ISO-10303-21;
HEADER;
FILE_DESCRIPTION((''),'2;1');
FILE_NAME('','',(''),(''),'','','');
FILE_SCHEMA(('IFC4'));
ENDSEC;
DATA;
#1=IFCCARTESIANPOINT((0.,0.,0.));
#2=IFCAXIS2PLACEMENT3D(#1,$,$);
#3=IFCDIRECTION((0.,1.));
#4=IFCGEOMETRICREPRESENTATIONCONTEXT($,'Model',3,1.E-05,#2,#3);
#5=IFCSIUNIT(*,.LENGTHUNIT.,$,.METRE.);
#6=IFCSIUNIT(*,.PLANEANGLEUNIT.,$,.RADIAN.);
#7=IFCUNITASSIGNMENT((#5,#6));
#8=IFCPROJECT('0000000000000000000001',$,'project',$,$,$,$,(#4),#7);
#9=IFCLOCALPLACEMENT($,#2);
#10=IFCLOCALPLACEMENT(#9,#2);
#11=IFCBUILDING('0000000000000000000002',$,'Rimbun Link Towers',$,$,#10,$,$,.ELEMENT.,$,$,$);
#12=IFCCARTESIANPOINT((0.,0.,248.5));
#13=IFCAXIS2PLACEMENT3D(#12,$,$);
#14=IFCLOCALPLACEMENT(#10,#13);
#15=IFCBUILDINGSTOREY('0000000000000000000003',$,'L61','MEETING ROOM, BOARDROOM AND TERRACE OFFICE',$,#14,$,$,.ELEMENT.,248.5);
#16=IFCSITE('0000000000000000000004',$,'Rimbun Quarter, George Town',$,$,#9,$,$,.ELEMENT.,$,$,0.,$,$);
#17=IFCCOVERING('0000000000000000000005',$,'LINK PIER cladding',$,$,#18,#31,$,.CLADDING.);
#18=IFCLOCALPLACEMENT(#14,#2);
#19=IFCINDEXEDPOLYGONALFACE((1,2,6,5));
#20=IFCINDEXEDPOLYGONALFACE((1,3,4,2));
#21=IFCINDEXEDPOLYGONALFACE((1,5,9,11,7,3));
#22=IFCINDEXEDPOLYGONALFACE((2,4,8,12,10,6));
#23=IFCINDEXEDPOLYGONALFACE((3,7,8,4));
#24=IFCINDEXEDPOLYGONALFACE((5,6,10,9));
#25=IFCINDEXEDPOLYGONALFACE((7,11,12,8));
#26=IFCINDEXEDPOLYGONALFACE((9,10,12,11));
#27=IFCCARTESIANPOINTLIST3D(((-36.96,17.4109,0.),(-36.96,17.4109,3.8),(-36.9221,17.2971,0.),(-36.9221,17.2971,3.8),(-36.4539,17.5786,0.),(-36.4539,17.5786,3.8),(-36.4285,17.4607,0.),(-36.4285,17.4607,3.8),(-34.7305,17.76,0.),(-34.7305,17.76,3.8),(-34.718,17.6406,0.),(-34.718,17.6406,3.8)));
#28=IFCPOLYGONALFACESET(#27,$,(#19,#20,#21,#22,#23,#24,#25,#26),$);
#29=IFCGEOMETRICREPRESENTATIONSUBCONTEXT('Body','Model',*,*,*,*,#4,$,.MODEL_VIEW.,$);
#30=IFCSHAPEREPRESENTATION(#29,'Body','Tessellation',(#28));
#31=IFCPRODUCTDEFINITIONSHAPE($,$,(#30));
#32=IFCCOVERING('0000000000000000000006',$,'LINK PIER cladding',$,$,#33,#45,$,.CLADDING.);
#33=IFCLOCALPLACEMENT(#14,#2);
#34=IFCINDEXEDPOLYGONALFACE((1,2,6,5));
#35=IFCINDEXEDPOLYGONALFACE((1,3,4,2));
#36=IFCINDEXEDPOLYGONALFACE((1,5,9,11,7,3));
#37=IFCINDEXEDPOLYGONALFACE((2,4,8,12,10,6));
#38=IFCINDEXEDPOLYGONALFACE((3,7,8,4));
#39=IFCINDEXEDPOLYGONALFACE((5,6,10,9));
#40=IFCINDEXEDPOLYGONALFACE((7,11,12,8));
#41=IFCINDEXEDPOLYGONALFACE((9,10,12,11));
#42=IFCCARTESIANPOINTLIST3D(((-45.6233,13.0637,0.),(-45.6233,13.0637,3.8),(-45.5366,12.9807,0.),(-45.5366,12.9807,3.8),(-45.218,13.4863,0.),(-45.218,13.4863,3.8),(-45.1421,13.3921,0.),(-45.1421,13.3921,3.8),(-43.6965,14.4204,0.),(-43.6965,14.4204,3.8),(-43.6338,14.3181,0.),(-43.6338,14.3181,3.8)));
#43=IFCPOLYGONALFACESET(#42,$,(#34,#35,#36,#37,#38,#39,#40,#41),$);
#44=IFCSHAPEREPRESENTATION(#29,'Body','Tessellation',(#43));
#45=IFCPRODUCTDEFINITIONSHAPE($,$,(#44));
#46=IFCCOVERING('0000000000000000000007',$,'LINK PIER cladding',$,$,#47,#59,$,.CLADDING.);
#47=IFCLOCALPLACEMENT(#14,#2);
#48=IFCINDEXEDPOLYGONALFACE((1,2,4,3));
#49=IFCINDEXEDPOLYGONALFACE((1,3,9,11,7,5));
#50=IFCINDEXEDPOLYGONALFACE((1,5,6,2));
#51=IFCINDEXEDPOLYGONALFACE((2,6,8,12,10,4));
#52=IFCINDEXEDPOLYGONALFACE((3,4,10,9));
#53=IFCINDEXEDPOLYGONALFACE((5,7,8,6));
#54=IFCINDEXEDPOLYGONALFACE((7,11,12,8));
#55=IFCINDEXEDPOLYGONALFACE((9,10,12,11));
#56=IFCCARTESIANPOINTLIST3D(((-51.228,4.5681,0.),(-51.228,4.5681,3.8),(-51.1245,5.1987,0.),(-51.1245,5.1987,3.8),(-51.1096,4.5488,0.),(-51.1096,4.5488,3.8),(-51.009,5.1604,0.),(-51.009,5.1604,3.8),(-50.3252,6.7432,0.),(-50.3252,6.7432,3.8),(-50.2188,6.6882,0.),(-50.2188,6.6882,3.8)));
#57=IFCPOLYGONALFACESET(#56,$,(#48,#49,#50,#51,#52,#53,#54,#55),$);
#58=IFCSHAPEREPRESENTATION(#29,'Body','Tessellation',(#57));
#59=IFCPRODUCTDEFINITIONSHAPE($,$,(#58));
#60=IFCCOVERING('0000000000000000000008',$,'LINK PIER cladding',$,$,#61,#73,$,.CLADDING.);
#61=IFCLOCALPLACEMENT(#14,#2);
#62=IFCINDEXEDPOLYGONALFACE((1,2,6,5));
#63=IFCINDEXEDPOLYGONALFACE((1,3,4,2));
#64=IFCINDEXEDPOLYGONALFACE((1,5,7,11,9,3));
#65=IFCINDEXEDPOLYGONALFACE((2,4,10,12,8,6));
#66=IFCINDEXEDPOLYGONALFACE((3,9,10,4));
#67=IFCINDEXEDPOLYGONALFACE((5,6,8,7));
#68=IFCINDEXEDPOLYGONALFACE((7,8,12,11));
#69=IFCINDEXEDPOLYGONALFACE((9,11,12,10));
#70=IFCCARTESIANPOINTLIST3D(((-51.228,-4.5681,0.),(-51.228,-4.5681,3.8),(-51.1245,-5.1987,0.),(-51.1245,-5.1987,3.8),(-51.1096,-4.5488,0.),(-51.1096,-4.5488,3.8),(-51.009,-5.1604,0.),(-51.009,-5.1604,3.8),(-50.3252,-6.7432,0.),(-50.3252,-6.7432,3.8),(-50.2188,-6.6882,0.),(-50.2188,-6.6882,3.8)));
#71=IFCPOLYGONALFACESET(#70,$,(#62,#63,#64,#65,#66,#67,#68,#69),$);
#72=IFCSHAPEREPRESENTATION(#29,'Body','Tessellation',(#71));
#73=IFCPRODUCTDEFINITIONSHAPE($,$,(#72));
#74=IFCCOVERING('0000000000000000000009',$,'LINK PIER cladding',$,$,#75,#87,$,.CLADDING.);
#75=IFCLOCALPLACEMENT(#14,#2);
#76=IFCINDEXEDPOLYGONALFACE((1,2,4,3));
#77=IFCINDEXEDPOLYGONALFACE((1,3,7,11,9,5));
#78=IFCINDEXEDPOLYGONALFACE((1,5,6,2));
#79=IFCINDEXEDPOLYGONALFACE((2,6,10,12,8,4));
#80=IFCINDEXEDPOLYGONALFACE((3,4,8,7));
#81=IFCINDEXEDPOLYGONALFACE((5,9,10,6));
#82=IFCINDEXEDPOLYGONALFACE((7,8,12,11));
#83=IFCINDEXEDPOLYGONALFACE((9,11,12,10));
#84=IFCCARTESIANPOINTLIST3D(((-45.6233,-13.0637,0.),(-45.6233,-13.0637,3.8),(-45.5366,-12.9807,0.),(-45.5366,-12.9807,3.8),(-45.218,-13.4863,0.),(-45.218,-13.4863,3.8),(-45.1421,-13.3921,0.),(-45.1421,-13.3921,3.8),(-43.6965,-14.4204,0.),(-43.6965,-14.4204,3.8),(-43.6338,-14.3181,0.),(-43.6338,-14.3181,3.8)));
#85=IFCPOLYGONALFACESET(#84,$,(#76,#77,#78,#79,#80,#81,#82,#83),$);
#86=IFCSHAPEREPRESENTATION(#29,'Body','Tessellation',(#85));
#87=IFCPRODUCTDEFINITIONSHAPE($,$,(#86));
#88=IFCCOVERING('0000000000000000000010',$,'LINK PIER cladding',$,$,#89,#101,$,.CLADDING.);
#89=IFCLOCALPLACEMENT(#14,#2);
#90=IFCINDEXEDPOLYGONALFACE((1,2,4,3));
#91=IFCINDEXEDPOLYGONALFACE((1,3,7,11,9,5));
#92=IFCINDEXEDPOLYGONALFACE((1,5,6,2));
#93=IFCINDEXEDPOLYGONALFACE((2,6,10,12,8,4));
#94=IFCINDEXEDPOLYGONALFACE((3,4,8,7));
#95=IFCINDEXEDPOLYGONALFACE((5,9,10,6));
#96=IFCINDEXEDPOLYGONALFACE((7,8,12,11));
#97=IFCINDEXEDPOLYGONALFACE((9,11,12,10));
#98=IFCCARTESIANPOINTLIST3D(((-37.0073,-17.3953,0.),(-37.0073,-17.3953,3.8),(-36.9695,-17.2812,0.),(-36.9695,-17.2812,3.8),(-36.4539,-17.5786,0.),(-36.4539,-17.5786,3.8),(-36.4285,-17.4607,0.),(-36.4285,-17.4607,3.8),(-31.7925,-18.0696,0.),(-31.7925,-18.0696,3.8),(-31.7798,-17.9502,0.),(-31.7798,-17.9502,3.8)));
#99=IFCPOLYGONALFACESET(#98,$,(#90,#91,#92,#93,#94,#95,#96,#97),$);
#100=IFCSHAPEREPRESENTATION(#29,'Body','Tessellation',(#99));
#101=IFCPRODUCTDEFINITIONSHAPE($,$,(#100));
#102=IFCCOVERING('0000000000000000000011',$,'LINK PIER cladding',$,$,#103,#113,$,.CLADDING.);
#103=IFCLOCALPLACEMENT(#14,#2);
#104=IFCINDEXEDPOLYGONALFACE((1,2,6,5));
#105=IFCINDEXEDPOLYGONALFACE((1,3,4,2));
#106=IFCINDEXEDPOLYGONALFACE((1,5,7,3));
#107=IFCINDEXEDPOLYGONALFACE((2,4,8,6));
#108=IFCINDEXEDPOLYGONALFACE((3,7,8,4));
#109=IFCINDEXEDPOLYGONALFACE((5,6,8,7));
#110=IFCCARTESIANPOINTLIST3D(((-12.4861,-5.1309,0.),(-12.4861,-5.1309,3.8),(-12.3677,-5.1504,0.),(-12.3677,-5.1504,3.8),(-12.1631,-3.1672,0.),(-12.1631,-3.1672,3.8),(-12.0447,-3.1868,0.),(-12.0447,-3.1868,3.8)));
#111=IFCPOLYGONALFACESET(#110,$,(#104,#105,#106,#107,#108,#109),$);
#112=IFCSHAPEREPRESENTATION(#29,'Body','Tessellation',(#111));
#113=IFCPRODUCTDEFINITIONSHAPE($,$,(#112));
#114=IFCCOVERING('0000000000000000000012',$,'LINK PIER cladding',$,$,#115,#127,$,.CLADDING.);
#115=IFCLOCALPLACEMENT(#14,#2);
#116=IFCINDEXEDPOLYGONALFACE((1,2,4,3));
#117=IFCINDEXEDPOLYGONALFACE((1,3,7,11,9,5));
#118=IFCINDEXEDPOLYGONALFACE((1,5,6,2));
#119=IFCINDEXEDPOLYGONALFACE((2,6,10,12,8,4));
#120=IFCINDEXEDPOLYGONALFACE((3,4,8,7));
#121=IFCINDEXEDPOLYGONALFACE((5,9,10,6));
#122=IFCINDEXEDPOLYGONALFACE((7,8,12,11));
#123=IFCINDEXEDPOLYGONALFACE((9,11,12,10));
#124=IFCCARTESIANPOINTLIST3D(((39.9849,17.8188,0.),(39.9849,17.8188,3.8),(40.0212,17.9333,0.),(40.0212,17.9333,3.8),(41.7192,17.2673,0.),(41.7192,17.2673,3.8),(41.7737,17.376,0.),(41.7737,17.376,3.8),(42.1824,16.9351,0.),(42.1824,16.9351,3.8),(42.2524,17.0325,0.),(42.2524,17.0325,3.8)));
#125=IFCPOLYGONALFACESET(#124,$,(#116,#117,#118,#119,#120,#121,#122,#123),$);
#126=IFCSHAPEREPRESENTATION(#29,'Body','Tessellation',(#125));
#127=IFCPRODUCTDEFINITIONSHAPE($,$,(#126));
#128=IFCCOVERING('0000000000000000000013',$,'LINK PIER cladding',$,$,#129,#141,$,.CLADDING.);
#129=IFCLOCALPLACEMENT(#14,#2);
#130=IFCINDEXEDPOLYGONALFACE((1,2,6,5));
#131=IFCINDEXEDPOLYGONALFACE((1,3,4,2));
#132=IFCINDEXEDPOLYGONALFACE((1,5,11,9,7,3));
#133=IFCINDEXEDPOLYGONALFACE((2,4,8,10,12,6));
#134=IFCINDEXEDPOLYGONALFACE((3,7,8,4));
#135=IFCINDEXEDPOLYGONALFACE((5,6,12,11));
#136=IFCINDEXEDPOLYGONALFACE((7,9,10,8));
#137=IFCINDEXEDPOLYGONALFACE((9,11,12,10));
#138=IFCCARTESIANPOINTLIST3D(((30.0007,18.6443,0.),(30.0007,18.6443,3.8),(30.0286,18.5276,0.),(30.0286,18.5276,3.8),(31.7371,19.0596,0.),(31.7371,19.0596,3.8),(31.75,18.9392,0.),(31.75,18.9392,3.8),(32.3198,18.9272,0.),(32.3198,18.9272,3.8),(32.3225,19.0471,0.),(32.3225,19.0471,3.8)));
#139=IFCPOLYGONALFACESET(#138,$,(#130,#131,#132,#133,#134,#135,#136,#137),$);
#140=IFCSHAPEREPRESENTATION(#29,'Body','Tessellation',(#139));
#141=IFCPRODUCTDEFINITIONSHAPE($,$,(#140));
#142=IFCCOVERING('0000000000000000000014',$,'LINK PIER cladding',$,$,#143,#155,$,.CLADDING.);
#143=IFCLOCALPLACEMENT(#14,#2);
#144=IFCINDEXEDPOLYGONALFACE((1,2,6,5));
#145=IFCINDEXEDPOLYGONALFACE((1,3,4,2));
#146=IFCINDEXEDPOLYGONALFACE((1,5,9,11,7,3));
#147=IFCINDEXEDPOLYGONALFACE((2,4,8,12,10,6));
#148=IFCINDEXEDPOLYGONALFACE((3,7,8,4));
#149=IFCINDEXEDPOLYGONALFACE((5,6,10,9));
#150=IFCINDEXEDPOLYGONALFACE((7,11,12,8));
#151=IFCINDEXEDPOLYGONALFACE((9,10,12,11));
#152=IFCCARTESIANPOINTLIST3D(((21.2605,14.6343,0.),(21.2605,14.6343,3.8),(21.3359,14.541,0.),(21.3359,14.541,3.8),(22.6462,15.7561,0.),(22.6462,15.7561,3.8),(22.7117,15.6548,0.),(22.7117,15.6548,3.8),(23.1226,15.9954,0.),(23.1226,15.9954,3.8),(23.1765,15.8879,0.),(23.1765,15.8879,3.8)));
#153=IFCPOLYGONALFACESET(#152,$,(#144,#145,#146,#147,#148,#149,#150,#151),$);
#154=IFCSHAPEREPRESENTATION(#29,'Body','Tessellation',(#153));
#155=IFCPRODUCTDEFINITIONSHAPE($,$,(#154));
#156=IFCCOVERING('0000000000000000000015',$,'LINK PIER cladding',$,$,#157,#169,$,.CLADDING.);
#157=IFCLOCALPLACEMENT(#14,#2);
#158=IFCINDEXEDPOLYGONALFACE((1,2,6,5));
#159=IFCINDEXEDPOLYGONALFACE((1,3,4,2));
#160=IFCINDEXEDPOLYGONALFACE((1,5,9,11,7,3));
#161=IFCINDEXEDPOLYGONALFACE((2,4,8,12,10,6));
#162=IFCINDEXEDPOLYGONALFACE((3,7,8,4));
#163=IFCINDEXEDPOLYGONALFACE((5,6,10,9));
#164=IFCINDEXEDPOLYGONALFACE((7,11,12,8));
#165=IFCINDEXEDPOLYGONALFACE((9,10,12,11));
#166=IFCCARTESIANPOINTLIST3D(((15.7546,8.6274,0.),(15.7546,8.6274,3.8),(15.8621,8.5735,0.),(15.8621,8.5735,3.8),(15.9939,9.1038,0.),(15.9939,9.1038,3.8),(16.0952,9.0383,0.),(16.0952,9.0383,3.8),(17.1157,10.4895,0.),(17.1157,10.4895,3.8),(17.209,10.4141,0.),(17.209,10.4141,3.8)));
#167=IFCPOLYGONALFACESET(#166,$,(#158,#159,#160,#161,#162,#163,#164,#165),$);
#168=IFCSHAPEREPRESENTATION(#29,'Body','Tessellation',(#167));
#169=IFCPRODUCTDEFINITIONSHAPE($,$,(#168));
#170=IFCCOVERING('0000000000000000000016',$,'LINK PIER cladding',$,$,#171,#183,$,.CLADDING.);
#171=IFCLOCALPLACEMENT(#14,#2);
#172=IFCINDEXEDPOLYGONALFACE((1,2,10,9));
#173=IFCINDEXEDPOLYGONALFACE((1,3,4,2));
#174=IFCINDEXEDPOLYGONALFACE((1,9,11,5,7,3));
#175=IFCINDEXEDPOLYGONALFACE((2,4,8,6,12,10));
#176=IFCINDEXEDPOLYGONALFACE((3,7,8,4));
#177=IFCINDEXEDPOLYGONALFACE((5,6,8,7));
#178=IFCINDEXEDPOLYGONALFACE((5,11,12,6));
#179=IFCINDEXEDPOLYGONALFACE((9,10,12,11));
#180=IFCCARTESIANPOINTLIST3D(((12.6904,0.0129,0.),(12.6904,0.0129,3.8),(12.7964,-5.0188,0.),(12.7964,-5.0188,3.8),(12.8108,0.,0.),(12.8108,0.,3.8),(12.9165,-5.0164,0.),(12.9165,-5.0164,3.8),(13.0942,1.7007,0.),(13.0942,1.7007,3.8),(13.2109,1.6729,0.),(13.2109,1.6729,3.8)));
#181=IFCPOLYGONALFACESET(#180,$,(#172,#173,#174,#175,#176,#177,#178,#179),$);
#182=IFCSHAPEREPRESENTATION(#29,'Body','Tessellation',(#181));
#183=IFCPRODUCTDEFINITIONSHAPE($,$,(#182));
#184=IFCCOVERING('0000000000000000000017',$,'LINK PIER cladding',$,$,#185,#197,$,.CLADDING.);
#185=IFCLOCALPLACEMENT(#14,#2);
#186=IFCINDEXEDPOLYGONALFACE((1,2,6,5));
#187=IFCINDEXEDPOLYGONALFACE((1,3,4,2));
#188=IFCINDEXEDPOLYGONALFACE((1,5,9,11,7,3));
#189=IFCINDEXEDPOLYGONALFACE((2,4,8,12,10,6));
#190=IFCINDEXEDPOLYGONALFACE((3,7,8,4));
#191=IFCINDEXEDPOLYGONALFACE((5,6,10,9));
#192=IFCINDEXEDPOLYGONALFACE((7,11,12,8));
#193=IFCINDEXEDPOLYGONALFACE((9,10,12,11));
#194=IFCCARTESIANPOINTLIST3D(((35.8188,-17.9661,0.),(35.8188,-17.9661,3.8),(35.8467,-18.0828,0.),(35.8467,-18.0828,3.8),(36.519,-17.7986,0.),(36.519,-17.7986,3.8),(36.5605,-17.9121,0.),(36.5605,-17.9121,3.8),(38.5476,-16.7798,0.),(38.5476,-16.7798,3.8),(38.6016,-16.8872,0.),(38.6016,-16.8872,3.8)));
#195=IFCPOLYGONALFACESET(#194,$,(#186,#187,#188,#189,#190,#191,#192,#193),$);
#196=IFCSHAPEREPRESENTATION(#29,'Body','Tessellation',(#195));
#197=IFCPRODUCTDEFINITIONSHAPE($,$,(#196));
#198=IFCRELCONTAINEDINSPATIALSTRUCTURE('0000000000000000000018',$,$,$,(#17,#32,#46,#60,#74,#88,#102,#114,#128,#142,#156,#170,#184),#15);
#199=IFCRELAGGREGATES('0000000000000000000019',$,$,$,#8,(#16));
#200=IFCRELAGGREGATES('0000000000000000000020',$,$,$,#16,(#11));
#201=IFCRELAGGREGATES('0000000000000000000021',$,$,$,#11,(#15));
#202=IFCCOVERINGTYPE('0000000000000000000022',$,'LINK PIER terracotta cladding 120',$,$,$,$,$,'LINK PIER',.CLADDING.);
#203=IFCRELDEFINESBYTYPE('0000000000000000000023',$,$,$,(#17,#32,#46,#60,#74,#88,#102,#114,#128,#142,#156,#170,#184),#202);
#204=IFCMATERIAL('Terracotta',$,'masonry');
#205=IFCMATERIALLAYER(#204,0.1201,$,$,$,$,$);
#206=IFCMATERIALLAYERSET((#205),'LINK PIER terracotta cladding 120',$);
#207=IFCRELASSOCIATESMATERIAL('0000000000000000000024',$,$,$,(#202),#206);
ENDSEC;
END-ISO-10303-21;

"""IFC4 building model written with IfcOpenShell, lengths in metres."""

from ifc_helpers import new_model, si_unit, direction, frame, origin, place, context, subcontext, project, spatial, polyline, outline, extrude, material, layer, layer_set, type_object, element, save


model = new_model("IFC4")

# Units and contexts
model_context = context("Model", 3, precision=1e-05, world=origin(), true_north=direction((0.0, 1.0)))
body_context = subcontext(model_context, "Body", "Model", "MODEL_VIEW")
ifc_project = project(units=[si_unit("LENGTHUNIT", "METRE"), si_unit("PLANEANGLEUNIT", "RADIAN")], contexts=[model_context])

# Site, building, storey
site_placement = place(None, origin())
site = spatial("IfcSite", under=ifc_project, at=site_placement, Name="Rimbun Quarter, George Town", CompositionType="ELEMENT", RefElevation=0.0)
building_placement = place(site_placement, origin())
building = spatial("IfcBuilding", under=site, at=building_placement, Name="Rimbun Link Towers", CompositionType="ELEMENT")
storey_placement = place(building_placement, frame((0.0, 0.0, 248.5)))
storey = spatial("IfcBuildingStorey", under=building, at=storey_placement, Name="L61", Description="MEETING ROOM, BOARDROOM AND TERRACE OFFICE", CompositionType="ELEMENT", Elevation=248.5)

# Coverings
ifc_material_1 = material(Name="Terracotta", Category="masonry")
ifc_layer_1 = layer(ifc_material_1, 0.1201)
ifc_layer_set_1 = layer_set([ifc_layer_1], Name="LINK PIER terracotta cladding 120")
covering_type = type_object("IfcCoveringType", Name="LINK PIER terracotta cladding 120", ElementType="LINK PIER", PredefinedType="CLADDING", material=ifc_layer_set_1)
covering_1_placement = place(storey_placement, origin())
element("IfcCovering", 1, at=covering_1_placement, inside=storey, type_object=covering_type, Name="LINK PIER cladding", PredefinedType="CLADDING", context=body_context, shape_type="SweptSolid", body=[
    extrude(outline(polyline([(-36.9221, 17.2971), (-36.4285, 17.4607), (-34.718, 17.6406), (-34.7305, 17.76), (-36.4539, 17.5786), (-36.96, 17.4109), (-36.9221, 17.2971)])), origin(), (0.0, 0.0, 1.0), 3.8),
])
covering_2_placement = place(storey_placement, origin())
element("IfcCovering", 2, at=covering_2_placement, inside=storey, type_object=covering_type, Name="LINK PIER cladding", PredefinedType="CLADDING", context=body_context, shape_type="SweptSolid", body=[
    extrude(outline(polyline([(-45.5366, 12.9807), (-45.1421, 13.3921), (-43.6338, 14.3181), (-43.6965, 14.4204), (-45.218, 13.4863), (-45.6233, 13.0637), (-45.5366, 12.9807)])), origin(), (0.0, 0.0, 1.0), 3.8),
])
covering_3_placement = place(storey_placement, origin())
element("IfcCovering", 3, at=covering_3_placement, inside=storey, type_object=covering_type, Name="LINK PIER cladding", PredefinedType="CLADDING", context=body_context, shape_type="SweptSolid", body=[
    extrude(outline(polyline([(-51.1096, 4.5488), (-51.009, 5.1604), (-50.2188, 6.6882), (-50.3252, 6.7432), (-51.1245, 5.1987), (-51.228, 4.5681), (-51.1096, 4.5488)])), origin(), (0.0, 0.0, 1.0), 3.8),
])
covering_4_placement = place(storey_placement, origin())
element("IfcCovering", 4, at=covering_4_placement, inside=storey, type_object=covering_type, Name="LINK PIER cladding", PredefinedType="CLADDING", context=body_context, shape_type="SweptSolid", body=[
    extrude(outline(polyline([(-50.2188, -6.6882), (-51.009, -5.1604), (-51.1096, -4.5488), (-51.228, -4.5681), (-51.1245, -5.1987), (-50.3252, -6.7432), (-50.2188, -6.6882)])), origin(), (0.0, 0.0, 1.0), 3.8),
])
covering_5_placement = place(storey_placement, origin())
element("IfcCovering", 5, at=covering_5_placement, inside=storey, type_object=covering_type, Name="LINK PIER cladding", PredefinedType="CLADDING", context=body_context, shape_type="SweptSolid", body=[
    extrude(outline(polyline([(-43.6338, -14.3181), (-45.1421, -13.3921), (-45.5366, -12.9807), (-45.6233, -13.0637), (-45.218, -13.4863), (-43.6965, -14.4204), (-43.6338, -14.3181)])), origin(), (0.0, 0.0, 1.0), 3.8),
])
covering_6_placement = place(storey_placement, origin())
element("IfcCovering", 6, at=covering_6_placement, inside=storey, type_object=covering_type, Name="LINK PIER cladding", PredefinedType="CLADDING", context=body_context, shape_type="SweptSolid", body=[
    extrude(outline(polyline([(-31.7798, -17.9502), (-36.4285, -17.4607), (-36.9695, -17.2812), (-37.0073, -17.3953), (-36.4539, -17.5786), (-31.7925, -18.0696), (-31.7798, -17.9502)])), origin(), (0.0, 0.0, 1.0), 3.8),
])
covering_7_placement = place(storey_placement, origin())
element("IfcCovering", 7, at=covering_7_placement, inside=storey, type_object=covering_type, Name="LINK PIER cladding", PredefinedType="CLADDING", context=body_context, shape_type="SweptSolid", body=[
    extrude(outline(polyline([(-12.1631, -3.1672), (-12.4861, -5.1309), (-12.3677, -5.1504), (-12.0447, -3.1868), (-12.1631, -3.1672)])), origin(), (0.0, 0.0, 1.0), 3.8),
])
covering_8_placement = place(storey_placement, origin())
element("IfcCovering", 8, at=covering_8_placement, inside=storey, type_object=covering_type, Name="LINK PIER cladding", PredefinedType="CLADDING", context=body_context, shape_type="SweptSolid", body=[
    extrude(outline(polyline([(39.9849, 17.8188), (41.7192, 17.2673), (42.1824, 16.9351), (42.2524, 17.0325), (41.7737, 17.376), (40.0212, 17.9333), (39.9849, 17.8188)])), origin(), (0.0, 0.0, 1.0), 3.8),
])
covering_9_placement = place(storey_placement, origin())
element("IfcCovering", 9, at=covering_9_placement, inside=storey, type_object=covering_type, Name="LINK PIER cladding", PredefinedType="CLADDING", context=body_context, shape_type="SweptSolid", body=[
    extrude(outline(polyline([(30.0286, 18.5276), (31.75, 18.9392), (32.3198, 18.9272), (32.3225, 19.0471), (31.7371, 19.0596), (30.0007, 18.6443), (30.0286, 18.5276)])), origin(), (0.0, 0.0, 1.0), 3.8),
])
covering_10_placement = place(storey_placement, origin())
element("IfcCovering", 10, at=covering_10_placement, inside=storey, type_object=covering_type, Name="LINK PIER cladding", PredefinedType="CLADDING", context=body_context, shape_type="SweptSolid", body=[
    extrude(outline(polyline([(21.3359, 14.541), (22.7117, 15.6548), (23.1765, 15.8879), (23.1226, 15.9954), (22.6462, 15.7561), (21.2605, 14.6343), (21.3359, 14.541)])), origin(), (0.0, 0.0, 1.0), 3.8),
])
covering_11_placement = place(storey_placement, origin())
element("IfcCovering", 11, at=covering_11_placement, inside=storey, type_object=covering_type, Name="LINK PIER cladding", PredefinedType="CLADDING", context=body_context, shape_type="SweptSolid", body=[
    extrude(outline(polyline([(15.8621, 8.5735), (16.0952, 9.0383), (17.209, 10.4141), (17.1157, 10.4895), (15.9939, 9.1038), (15.7546, 8.6274), (15.8621, 8.5735)])), origin(), (0.0, 0.0, 1.0), 3.8),
])
covering_12_placement = place(storey_placement, origin())
element("IfcCovering", 12, at=covering_12_placement, inside=storey, type_object=covering_type, Name="LINK PIER cladding", PredefinedType="CLADDING", context=body_context, shape_type="SweptSolid", body=[
    extrude(outline(polyline([(12.9165, -5.0164), (12.8108, 0.0), (13.2109, 1.6729), (13.0942, 1.7007), (12.6904, 0.0129), (12.7964, -5.0188), (12.9165, -5.0164)])), origin(), (0.0, 0.0, 1.0), 3.8),
])
covering_13_placement = place(storey_placement, origin())
element("IfcCovering", 13, at=covering_13_placement, inside=storey, type_object=covering_type, Name="LINK PIER cladding", PredefinedType="CLADDING", context=body_context, shape_type="SweptSolid", body=[
    extrude(outline(polyline([(38.5476, -16.7798), (36.519, -17.7986), (35.8188, -17.9661), (35.8467, -18.0828), (36.5605, -17.9121), (38.6016, -16.8872), (38.5476, -16.7798)])), origin(), (0.0, 0.0, 1.0), 3.8),
])

save(model, "model.ifc")
